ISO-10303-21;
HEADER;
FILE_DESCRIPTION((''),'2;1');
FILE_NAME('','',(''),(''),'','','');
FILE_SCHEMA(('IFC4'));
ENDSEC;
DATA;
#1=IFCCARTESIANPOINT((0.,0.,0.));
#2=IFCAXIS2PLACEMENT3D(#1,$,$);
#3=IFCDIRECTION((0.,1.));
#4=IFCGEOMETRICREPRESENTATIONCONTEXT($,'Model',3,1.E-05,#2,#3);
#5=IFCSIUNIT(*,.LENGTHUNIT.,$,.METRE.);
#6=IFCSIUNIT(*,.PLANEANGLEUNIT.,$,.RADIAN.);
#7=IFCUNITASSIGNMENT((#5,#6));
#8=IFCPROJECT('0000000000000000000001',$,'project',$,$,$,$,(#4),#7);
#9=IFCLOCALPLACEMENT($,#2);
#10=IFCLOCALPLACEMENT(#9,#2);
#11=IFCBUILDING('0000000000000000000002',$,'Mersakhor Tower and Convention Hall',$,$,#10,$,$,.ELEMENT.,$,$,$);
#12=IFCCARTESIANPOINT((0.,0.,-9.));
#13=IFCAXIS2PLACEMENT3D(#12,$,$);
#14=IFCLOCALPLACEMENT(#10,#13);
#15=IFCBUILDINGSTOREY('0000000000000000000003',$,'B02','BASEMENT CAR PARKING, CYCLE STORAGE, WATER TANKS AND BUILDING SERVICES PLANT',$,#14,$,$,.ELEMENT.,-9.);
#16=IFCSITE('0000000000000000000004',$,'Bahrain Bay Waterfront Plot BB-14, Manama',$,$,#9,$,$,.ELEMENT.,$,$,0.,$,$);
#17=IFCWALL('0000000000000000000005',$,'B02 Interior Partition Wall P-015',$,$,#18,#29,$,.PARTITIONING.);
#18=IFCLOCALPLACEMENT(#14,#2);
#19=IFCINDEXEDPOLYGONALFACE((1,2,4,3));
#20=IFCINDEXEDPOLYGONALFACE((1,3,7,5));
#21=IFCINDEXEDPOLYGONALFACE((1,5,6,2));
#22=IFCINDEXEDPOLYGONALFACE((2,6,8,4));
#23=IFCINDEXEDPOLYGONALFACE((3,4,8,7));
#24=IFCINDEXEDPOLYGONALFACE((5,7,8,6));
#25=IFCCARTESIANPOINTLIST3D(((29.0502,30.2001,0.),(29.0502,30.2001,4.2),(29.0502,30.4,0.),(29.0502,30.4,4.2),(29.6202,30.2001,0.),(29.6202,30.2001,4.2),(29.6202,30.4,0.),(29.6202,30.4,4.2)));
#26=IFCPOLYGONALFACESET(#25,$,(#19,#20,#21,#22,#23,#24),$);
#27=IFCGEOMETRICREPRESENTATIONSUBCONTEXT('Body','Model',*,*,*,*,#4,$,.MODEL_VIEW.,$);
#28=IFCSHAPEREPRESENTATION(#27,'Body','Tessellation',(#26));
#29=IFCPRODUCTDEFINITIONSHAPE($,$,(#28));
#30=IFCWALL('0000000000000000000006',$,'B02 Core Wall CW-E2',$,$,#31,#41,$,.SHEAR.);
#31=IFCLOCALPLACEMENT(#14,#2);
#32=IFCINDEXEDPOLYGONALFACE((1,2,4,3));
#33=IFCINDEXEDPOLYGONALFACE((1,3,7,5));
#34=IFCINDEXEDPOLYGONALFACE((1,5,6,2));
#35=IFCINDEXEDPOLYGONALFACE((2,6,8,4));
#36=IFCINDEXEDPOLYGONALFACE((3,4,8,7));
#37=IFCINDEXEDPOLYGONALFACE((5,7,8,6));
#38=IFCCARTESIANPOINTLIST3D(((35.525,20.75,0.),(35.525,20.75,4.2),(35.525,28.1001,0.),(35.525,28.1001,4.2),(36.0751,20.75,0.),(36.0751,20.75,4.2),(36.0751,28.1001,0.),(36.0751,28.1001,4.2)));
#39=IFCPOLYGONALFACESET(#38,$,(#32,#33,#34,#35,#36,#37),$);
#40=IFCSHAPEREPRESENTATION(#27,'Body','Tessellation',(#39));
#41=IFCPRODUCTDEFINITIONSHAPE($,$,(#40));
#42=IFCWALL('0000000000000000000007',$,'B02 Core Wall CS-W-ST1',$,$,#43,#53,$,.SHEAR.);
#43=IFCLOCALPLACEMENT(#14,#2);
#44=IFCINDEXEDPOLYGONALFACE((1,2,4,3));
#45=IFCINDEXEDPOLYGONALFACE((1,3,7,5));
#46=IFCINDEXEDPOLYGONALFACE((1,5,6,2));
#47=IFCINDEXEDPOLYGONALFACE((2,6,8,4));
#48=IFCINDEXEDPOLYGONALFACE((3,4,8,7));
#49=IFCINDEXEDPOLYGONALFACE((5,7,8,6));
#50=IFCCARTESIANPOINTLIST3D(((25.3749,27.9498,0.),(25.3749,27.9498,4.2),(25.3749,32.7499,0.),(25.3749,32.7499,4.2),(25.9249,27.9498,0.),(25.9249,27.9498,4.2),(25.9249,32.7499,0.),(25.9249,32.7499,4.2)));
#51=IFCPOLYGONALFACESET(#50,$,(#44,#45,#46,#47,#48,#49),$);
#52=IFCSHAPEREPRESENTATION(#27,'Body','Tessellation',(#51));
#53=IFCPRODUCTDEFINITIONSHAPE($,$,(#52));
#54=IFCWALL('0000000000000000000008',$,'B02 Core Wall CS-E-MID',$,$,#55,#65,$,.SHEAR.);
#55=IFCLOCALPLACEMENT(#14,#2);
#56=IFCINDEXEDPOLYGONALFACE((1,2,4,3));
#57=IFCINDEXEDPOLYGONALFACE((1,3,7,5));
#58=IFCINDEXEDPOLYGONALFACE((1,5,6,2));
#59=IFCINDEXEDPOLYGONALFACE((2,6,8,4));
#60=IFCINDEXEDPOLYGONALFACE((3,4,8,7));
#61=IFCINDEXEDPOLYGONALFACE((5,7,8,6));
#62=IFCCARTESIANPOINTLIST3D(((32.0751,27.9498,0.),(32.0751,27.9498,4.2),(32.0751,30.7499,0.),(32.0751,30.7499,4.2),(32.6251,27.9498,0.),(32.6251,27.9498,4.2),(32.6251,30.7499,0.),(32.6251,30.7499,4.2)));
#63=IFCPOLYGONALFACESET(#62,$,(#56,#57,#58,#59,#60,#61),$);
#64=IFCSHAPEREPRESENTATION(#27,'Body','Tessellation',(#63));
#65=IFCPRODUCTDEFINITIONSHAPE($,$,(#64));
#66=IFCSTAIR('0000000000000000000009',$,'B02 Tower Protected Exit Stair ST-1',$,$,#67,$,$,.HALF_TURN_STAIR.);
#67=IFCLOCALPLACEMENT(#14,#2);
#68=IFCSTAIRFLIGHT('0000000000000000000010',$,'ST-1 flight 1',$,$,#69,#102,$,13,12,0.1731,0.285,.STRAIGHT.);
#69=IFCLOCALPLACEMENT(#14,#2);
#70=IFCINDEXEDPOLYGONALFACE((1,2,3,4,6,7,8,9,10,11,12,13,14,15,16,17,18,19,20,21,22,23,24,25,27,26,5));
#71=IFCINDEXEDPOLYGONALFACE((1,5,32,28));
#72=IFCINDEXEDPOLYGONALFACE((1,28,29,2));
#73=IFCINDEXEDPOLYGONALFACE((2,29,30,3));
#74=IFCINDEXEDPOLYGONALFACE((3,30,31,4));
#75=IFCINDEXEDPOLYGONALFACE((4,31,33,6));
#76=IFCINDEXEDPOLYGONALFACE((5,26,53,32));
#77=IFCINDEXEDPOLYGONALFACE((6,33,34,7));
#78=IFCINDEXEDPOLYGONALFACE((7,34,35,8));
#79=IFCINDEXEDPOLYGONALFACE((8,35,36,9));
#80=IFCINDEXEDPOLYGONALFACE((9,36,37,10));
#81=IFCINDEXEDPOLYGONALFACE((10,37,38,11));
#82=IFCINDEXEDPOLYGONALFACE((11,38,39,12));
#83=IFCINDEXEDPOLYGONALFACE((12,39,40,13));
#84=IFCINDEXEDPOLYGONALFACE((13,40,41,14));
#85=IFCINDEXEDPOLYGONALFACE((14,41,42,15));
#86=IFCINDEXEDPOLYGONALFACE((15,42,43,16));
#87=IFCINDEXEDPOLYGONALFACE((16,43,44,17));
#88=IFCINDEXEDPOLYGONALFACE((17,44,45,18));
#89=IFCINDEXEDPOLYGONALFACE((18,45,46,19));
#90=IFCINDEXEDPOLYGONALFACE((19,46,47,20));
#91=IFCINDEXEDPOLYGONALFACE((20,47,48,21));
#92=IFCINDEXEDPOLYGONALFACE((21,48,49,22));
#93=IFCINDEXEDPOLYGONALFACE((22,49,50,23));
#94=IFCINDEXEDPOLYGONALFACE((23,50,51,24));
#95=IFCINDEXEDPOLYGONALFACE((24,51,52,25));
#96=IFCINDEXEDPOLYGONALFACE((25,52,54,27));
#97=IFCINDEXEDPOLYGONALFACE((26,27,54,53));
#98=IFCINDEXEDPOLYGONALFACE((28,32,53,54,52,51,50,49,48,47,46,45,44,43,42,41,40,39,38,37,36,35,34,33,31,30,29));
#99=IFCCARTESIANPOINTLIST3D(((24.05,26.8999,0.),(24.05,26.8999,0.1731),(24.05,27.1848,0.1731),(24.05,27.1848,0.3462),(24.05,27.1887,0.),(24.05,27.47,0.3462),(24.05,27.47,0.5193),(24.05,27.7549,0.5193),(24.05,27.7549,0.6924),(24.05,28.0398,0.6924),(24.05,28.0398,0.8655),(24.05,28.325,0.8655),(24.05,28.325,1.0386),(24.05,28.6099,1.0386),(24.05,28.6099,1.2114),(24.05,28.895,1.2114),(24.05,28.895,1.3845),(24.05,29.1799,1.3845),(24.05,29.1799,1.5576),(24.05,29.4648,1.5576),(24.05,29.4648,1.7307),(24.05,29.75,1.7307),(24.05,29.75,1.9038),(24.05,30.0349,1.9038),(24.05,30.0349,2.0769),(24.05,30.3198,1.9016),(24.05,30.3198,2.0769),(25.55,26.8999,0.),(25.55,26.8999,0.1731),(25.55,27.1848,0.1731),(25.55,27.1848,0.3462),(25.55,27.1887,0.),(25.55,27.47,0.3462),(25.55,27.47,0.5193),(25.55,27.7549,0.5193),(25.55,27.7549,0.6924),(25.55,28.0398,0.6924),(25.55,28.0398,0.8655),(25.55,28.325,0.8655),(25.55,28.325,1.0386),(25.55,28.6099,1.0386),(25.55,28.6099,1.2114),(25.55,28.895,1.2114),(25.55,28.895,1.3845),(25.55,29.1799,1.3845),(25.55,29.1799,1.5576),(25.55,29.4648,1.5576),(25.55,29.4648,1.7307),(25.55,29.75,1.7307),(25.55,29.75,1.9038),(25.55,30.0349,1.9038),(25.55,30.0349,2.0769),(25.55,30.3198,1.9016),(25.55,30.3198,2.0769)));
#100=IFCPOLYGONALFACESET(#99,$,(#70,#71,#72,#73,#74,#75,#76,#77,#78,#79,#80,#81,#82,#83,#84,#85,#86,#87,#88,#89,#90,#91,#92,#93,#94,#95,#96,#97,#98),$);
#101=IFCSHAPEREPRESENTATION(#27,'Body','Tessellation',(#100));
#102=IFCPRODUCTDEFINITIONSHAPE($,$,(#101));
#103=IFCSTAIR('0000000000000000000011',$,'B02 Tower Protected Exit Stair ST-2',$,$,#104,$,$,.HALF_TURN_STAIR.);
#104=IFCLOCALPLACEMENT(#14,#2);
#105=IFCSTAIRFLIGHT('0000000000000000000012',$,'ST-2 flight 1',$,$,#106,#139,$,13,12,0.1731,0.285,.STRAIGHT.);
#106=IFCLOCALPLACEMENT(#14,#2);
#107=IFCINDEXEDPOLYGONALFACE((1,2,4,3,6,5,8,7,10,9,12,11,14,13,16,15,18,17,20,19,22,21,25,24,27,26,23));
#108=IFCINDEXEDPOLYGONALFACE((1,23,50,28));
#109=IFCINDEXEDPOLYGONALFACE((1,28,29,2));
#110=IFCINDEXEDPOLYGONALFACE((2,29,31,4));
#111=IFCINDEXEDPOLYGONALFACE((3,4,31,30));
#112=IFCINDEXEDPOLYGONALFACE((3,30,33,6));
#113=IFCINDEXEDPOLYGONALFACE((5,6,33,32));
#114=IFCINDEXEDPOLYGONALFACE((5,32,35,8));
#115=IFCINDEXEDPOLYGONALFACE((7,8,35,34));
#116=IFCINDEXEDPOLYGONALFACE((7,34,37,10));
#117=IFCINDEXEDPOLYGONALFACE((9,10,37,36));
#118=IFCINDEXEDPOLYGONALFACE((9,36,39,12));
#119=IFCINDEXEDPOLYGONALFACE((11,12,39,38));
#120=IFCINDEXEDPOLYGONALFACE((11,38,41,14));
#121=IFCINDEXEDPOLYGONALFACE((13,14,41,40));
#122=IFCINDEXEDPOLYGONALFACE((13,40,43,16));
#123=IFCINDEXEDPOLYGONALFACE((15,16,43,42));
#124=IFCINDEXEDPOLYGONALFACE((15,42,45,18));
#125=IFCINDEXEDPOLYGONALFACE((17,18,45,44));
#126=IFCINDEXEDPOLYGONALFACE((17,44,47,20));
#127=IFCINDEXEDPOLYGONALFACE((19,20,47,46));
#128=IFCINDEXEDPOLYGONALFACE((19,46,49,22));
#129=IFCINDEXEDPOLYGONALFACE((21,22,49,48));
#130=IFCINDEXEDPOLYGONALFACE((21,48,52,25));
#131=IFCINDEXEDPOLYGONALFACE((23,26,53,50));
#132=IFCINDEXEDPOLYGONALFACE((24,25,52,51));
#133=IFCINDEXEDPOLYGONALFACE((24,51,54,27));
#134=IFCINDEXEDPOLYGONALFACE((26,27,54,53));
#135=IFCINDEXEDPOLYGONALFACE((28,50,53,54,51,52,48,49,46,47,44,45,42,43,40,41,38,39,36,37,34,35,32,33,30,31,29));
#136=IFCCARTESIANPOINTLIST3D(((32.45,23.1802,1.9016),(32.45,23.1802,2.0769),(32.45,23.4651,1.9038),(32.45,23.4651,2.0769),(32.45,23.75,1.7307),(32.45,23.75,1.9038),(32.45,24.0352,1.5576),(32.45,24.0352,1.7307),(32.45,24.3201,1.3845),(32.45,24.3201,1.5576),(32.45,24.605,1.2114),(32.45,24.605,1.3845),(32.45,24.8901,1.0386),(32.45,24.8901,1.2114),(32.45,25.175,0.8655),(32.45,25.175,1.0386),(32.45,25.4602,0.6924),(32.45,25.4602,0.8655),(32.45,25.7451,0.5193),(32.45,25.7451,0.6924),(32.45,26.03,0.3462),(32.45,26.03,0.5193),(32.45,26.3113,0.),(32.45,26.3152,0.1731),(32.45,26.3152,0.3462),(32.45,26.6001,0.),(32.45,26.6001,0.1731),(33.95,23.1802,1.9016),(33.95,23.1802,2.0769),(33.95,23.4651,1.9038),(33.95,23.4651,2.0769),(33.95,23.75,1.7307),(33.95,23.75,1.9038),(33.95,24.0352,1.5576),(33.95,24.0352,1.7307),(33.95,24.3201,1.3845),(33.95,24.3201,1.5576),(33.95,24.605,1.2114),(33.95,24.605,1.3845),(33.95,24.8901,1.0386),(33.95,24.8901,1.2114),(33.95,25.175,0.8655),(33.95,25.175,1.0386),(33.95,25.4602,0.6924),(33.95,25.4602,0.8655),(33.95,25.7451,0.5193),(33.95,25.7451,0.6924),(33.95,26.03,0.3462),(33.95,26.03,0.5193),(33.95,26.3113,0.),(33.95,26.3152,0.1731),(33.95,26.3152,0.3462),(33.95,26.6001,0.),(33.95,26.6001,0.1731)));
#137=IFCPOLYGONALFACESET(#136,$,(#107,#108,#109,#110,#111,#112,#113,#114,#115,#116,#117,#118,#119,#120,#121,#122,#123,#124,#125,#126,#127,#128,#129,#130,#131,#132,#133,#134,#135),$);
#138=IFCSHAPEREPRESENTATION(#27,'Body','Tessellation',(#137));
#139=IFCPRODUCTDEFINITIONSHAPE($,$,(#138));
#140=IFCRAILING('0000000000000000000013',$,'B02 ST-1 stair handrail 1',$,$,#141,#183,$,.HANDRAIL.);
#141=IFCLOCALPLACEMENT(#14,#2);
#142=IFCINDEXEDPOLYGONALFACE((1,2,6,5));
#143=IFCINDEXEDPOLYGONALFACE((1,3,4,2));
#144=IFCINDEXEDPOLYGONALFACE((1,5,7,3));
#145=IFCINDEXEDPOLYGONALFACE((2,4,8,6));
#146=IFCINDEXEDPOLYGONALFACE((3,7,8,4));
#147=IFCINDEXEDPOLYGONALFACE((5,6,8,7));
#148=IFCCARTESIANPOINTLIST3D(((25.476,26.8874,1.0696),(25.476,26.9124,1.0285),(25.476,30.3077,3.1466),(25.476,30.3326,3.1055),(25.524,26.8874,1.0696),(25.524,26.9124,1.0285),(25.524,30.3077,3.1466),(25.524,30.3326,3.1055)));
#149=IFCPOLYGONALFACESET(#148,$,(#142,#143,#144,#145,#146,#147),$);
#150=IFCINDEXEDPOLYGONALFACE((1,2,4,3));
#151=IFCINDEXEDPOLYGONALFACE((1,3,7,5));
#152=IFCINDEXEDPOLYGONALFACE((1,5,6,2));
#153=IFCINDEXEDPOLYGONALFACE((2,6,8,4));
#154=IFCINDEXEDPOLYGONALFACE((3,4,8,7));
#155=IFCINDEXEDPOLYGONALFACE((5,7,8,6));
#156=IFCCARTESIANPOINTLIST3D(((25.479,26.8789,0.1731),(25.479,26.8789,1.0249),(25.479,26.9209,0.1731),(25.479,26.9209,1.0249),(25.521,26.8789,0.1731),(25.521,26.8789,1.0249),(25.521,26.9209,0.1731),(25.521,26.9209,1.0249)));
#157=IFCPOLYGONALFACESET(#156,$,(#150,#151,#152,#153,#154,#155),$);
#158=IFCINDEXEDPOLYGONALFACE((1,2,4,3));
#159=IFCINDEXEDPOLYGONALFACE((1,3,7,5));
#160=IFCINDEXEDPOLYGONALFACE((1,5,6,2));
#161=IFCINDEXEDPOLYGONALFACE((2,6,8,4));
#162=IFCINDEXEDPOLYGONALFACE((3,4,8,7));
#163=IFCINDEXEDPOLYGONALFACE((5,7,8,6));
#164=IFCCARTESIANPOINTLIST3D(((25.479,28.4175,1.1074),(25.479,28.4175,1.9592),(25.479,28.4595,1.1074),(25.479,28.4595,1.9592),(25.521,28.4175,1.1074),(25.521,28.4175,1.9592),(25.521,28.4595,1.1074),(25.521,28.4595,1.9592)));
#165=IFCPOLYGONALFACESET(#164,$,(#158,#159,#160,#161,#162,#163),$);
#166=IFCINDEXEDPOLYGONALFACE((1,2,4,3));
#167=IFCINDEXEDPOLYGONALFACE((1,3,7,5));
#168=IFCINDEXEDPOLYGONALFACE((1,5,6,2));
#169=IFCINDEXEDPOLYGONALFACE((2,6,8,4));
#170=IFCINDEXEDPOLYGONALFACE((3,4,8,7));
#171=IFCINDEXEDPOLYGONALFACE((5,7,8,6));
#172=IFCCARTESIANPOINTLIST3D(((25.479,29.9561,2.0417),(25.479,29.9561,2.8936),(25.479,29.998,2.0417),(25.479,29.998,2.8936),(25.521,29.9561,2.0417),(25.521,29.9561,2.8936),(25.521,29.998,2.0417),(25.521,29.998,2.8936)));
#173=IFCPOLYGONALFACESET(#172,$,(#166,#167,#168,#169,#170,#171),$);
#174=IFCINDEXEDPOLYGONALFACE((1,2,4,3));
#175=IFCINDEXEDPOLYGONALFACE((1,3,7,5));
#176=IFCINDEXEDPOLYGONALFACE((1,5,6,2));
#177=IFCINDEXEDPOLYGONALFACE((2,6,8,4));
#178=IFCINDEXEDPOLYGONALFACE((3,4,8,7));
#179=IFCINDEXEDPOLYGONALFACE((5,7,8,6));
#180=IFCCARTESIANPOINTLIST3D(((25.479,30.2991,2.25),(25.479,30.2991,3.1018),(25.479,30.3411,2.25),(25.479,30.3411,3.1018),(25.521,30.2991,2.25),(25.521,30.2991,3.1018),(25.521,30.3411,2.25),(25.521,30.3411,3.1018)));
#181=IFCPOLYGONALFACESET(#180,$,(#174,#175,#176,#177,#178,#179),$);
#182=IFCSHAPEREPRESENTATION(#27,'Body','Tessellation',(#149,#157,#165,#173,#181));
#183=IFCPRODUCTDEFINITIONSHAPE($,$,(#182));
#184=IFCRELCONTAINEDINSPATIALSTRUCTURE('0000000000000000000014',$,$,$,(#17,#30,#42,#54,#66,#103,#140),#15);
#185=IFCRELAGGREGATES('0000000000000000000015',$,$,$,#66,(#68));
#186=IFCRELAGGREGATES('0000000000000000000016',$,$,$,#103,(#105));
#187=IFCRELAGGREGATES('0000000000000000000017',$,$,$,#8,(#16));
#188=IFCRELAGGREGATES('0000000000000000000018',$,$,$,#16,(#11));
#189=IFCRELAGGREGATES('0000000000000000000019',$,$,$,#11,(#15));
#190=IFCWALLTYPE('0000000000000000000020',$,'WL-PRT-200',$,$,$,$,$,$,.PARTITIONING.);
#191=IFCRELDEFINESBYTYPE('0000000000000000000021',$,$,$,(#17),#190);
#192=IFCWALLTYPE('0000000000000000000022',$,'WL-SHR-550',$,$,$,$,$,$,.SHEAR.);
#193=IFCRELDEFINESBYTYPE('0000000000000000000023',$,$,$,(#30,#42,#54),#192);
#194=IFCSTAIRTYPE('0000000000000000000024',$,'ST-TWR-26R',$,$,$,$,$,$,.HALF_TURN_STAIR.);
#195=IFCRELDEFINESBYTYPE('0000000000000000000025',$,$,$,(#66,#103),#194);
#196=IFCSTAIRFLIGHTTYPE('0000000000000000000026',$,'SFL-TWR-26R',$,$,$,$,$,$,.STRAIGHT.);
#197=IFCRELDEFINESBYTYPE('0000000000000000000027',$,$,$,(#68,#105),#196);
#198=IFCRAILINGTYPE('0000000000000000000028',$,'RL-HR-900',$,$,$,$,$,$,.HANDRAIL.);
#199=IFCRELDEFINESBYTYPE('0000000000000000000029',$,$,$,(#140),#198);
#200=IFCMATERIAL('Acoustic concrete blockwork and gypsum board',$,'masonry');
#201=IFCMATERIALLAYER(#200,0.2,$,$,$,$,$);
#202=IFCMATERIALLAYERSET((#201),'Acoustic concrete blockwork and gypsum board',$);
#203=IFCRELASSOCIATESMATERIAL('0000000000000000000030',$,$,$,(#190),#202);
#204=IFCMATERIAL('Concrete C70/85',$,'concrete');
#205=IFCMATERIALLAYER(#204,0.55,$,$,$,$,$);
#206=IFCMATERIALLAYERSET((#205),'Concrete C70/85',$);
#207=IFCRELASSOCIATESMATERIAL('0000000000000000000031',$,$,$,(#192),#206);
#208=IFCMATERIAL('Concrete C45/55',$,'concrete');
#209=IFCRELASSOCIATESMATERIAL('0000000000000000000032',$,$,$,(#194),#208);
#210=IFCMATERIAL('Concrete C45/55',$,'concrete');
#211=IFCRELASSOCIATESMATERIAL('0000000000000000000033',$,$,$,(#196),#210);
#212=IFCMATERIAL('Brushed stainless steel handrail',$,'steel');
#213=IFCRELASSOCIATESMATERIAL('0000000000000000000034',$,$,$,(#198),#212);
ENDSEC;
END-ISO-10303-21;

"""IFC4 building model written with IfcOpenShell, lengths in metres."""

from ifc_helpers import new_model, si_unit, direction, frame, frame_2d, origin, origin_2d, place, context, subcontext, project, spatial, polyline, rectangle, outline, extrude, material, layer, layer_set, type_object, element, aggregate, save


model = new_model("IFC4")

# Units and contexts
model_context = context("Model", 3, precision=1e-05, world=origin(), true_north=direction((0.0, 1.0)))
body_context = subcontext(model_context, "Body", "Model", "MODEL_VIEW")
ifc_project = project(units=[si_unit("LENGTHUNIT", "METRE"), si_unit("PLANEANGLEUNIT", "RADIAN")], contexts=[model_context])

# Site, building, storey
site_placement = place(None, origin())
site = spatial("IfcSite", under=ifc_project, at=site_placement, Name="Bahrain Bay Waterfront Plot BB-14, Manama", CompositionType="ELEMENT", RefElevation=0.0)
building_placement = place(site_placement, origin())
building = spatial("IfcBuilding", under=site, at=building_placement, Name="Mersakhor Tower and Convention Hall", CompositionType="ELEMENT")
storey_placement = place(building_placement, frame((0.0, 0.0, -9.0)))
storey = spatial("IfcBuildingStorey", under=building, at=storey_placement, Name="B02", Description="BASEMENT CAR PARKING, CYCLE STORAGE, WATER TANKS AND BUILDING SERVICES PLANT", CompositionType="ELEMENT", Elevation=-9.0)

# Shared definitions
ifc_material_1 = material(Name="Acoustic concrete blockwork and gypsum board", Category="masonry")
ifc_layer_1 = layer(ifc_material_1, 0.2)
ifc_layer_set_1 = layer_set([ifc_layer_1], Name="Acoustic concrete blockwork and gypsum board")
wall_type_1 = type_object("IfcWallType", Name="WL-PRT-200", PredefinedType="PARTITIONING", material=ifc_layer_set_1)

# Wall
wall_1_placement = place(storey_placement, frame((29.05, 30.3, 0.0), z_axis=(0.0, 0.0, 1.0), x_axis=(1.0, 0.0, 0.0)))
element("IfcWall", 1, at=wall_1_placement, inside=storey, type_object=wall_type_1, Name="B02 Interior Partition Wall P-015", PredefinedType="PARTITIONING", context=body_context, shape_type="SweptSolid", body=[
    extrude(rectangle(XDim=0.5701, YDim=0.2, at=frame_2d((0.2852, 0.0))), origin(), (0.0, 0.0, 1.0), 4.2),
])

# Walls
ifc_material_2 = material(Name="Concrete C70/85", Category="concrete")
ifc_layer_2 = layer(ifc_material_2, 0.55)
ifc_layer_set_2 = layer_set([ifc_layer_2], Name="Concrete C70/85")
wall_type_2 = type_object("IfcWallType", Name="WL-SHR-550", PredefinedType="SHEAR", material=ifc_layer_set_2)
wall_2_placement = place(storey_placement, frame((35.8, 28.1001, 0.0), z_axis=(0.0, 0.0, 1.0), x_axis=(0.0, -1.0, 0.0)))
element("IfcWall", 2, at=wall_2_placement, inside=storey, type_object=wall_type_2, Name="B02 Core Wall CW-E2", PredefinedType="SHEAR", context=body_context, shape_type="SweptSolid", body=[
    extrude(rectangle(XDim=7.3501, YDim=0.55, at=frame_2d((3.675, 0.0))), origin(), (0.0, 0.0, 1.0), 4.2),
])
wall_3_placement = place(storey_placement, frame((25.6499, 27.95, 0.0), z_axis=(0.0, 0.0, 1.0), x_axis=(0.0, 1.0, 0.0)))
element("IfcWall", 3, at=wall_3_placement, inside=storey, type_object=wall_type_2, Name="B02 Core Wall CS-W-ST1", PredefinedType="SHEAR", context=body_context, shape_type="SweptSolid", body=[
    extrude(rectangle(XDim=4.8, YDim=0.55, at=frame_2d((2.3999, 0.0))), origin(), (0.0, 0.0, 1.0), 4.2),
])
wall_4_placement = place(storey_placement, frame((32.3501, 27.95, 0.0), z_axis=(0.0, 0.0, 1.0), x_axis=(0.0, 1.0, 0.0)))
element("IfcWall", 4, at=wall_4_placement, inside=storey, type_object=wall_type_2, Name="B02 Core Wall CS-E-MID", PredefinedType="SHEAR", context=body_context, shape_type="SweptSolid", body=[
    extrude(rectangle(XDim=2.8, YDim=0.55, at=frame_2d((1.3999, 0.0))), origin(), (0.0, 0.0, 1.0), 4.2),
])

# Stairs, stair flights
ifc_material_3 = material(Name="Concrete C45/55", Category="concrete")
stair_type = type_object("IfcStairType", Name="ST-TWR-26R", PredefinedType="HALF_TURN_STAIR", material=ifc_material_3)
stair_1_placement = place(storey_placement, origin())
stair_1 = element("IfcStair", 5, at=stair_1_placement, inside=storey, type_object=stair_type, Name="B02 Tower Protected Exit Stair ST-1", PredefinedType="HALF_TURN_STAIR")
ifc_material_4 = material(Name="Concrete C45/55", Category="concrete")
stair_flight_type = type_object("IfcStairFlightType", Name="SFL-TWR-26R", PredefinedType="STRAIGHT", material=ifc_material_4)
stair_flight_1_placement = place(storey_placement, frame((24.8, 26.8999, 0.0), z_axis=(0.0, 0.0, 1.0), x_axis=(0.0, 1.0, 0.0)))
stair_flight_1 = element("IfcStairFlight", 6, at=stair_flight_1_placement, type_object=stair_flight_type, Name="ST-1 flight 1", NumberOfRisers=13, NumberOfTreads=12, PredefinedType="STRAIGHT", RiserHeight=0.1731, TreadLength=0.285, context=body_context, shape_type="SweptSolid", body=[
    extrude(outline(polyline([(0.0, 0.0), (0.0, 0.1731), (0.2849, 0.1731), (0.2849, 0.3462), (0.5701, 0.3462), (0.5701, 0.5193), (0.855, 0.5193), (0.855, 0.6924), (1.1399, 0.6924), (1.1399, 0.8655), (1.425, 0.8655), (1.425, 1.0386), (1.71, 1.0386), (1.71, 1.2114), (1.9951, 1.2114), (1.9951, 1.3845), (2.28, 1.3845), (2.28, 1.5576), (2.5649, 1.5576), (2.5649, 1.7307), (2.8501, 1.7307), (2.8501, 1.9038), (3.135, 1.9038), (3.135, 2.0769), (3.4199, 2.0769), (3.4199, 2.25), (3.4199, 1.9016), (0.2888, 0.0), (0.0, 0.0)])), frame((0.0, 0.75, 0.0), z_axis=(0.0, -1.0, 0.0), x_axis=(1.0, 0.0, 0.0)), (0.0, 0.0, 1.0), 1.5),
])
aggregate(stair_1, [stair_flight_1])
stair_2_placement = place(storey_placement, origin())
stair_2 = element("IfcStair", 7, at=stair_2_placement, inside=storey, type_object=stair_type, Name="B02 Tower Protected Exit Stair ST-2", PredefinedType="HALF_TURN_STAIR")
stair_flight_2_placement = place(storey_placement, frame((33.2, 26.6001, 0.0), z_axis=(0.0, 0.0, 1.0), x_axis=(0.0, -1.0, 0.0)))
stair_flight_2 = element("IfcStairFlight", 8, at=stair_flight_2_placement, type_object=stair_flight_type, Name="ST-2 flight 1", NumberOfRisers=13, NumberOfTreads=12, PredefinedType="STRAIGHT", RiserHeight=0.1731, TreadLength=0.285, context=body_context, shape_type="SweptSolid", body=[
    extrude(outline(polyline([(0.0, 0.0), (0.0, 0.1731), (0.2849, 0.1731), (0.2849, 0.3462), (0.5701, 0.3462), (0.5701, 0.5193), (0.855, 0.5193), (0.855, 0.6924), (1.1399, 0.6924), (1.1399, 0.8655), (1.425, 0.8655), (1.425, 1.0386), (1.71, 1.0386), (1.71, 1.2114), (1.9951, 1.2114), (1.9951, 1.3845), (2.28, 1.3845), (2.28, 1.5576), (2.5649, 1.5576), (2.5649, 1.7307), (2.8501, 1.7307), (2.8501, 1.9038), (3.135, 1.9038), (3.135, 2.0769), (3.4199, 2.0769), (3.4199, 2.25), (3.4199, 1.9016), (0.2888, 0.0), (0.0, 0.0)])), frame((0.0, 0.75, 0.0), z_axis=(0.0, -1.0, 0.0), x_axis=(1.0, 0.0, 0.0)), (0.0, 0.0, 1.0), 1.5),
])
aggregate(stair_2, [stair_flight_2])

# Railing
ifc_material_5 = material(Name="Brushed stainless steel handrail", Category="steel")
railing_type_1 = type_object("IfcRailingType", Name="RL-HR-900", PredefinedType="HANDRAIL", material=ifc_material_5)
railing_1_placement = place(storey_placement, frame((25.5, 26.8999, 0.1731)))
element("IfcRailing", 9, at=railing_1_placement, inside=storey, type_object=railing_type_1, Name="B02 ST-1 stair handrail 1", PredefinedType="HANDRAIL", context=body_context, shape_type="SweptSolid", body=[
    extrude(rectangle(XDim=0.0481, YDim=0.0481, at=origin_2d()), frame((0.0, 0.0, 0.876), z_axis=(0.0, 0.854746, 0.519047), x_axis=(-1.0, 0.0, 0.0)), (0.0, 0.0, 1.0), 4.0015),
    extrude(rectangle(XDim=0.042, YDim=0.042, at=origin_2d()), origin(), (0.0, 0.0, 1.0), 0.8518),
    extrude(rectangle(XDim=0.042, YDim=0.042, at=origin_2d()), frame((0.0, 1.5386, 0.9343)), (0.0, 0.0, 1.0), 0.8518),
    extrude(rectangle(XDim=0.042, YDim=0.042, at=origin_2d()), frame((0.0, 3.0771, 1.8687)), (0.0, 0.0, 1.0), 0.8518),
    extrude(rectangle(XDim=0.042, YDim=0.042, at=origin_2d()), frame((0.0, 3.4202, 2.0769)), (0.0, 0.0, 1.0), 0.8518),
])

save(model, "model.ifc")
